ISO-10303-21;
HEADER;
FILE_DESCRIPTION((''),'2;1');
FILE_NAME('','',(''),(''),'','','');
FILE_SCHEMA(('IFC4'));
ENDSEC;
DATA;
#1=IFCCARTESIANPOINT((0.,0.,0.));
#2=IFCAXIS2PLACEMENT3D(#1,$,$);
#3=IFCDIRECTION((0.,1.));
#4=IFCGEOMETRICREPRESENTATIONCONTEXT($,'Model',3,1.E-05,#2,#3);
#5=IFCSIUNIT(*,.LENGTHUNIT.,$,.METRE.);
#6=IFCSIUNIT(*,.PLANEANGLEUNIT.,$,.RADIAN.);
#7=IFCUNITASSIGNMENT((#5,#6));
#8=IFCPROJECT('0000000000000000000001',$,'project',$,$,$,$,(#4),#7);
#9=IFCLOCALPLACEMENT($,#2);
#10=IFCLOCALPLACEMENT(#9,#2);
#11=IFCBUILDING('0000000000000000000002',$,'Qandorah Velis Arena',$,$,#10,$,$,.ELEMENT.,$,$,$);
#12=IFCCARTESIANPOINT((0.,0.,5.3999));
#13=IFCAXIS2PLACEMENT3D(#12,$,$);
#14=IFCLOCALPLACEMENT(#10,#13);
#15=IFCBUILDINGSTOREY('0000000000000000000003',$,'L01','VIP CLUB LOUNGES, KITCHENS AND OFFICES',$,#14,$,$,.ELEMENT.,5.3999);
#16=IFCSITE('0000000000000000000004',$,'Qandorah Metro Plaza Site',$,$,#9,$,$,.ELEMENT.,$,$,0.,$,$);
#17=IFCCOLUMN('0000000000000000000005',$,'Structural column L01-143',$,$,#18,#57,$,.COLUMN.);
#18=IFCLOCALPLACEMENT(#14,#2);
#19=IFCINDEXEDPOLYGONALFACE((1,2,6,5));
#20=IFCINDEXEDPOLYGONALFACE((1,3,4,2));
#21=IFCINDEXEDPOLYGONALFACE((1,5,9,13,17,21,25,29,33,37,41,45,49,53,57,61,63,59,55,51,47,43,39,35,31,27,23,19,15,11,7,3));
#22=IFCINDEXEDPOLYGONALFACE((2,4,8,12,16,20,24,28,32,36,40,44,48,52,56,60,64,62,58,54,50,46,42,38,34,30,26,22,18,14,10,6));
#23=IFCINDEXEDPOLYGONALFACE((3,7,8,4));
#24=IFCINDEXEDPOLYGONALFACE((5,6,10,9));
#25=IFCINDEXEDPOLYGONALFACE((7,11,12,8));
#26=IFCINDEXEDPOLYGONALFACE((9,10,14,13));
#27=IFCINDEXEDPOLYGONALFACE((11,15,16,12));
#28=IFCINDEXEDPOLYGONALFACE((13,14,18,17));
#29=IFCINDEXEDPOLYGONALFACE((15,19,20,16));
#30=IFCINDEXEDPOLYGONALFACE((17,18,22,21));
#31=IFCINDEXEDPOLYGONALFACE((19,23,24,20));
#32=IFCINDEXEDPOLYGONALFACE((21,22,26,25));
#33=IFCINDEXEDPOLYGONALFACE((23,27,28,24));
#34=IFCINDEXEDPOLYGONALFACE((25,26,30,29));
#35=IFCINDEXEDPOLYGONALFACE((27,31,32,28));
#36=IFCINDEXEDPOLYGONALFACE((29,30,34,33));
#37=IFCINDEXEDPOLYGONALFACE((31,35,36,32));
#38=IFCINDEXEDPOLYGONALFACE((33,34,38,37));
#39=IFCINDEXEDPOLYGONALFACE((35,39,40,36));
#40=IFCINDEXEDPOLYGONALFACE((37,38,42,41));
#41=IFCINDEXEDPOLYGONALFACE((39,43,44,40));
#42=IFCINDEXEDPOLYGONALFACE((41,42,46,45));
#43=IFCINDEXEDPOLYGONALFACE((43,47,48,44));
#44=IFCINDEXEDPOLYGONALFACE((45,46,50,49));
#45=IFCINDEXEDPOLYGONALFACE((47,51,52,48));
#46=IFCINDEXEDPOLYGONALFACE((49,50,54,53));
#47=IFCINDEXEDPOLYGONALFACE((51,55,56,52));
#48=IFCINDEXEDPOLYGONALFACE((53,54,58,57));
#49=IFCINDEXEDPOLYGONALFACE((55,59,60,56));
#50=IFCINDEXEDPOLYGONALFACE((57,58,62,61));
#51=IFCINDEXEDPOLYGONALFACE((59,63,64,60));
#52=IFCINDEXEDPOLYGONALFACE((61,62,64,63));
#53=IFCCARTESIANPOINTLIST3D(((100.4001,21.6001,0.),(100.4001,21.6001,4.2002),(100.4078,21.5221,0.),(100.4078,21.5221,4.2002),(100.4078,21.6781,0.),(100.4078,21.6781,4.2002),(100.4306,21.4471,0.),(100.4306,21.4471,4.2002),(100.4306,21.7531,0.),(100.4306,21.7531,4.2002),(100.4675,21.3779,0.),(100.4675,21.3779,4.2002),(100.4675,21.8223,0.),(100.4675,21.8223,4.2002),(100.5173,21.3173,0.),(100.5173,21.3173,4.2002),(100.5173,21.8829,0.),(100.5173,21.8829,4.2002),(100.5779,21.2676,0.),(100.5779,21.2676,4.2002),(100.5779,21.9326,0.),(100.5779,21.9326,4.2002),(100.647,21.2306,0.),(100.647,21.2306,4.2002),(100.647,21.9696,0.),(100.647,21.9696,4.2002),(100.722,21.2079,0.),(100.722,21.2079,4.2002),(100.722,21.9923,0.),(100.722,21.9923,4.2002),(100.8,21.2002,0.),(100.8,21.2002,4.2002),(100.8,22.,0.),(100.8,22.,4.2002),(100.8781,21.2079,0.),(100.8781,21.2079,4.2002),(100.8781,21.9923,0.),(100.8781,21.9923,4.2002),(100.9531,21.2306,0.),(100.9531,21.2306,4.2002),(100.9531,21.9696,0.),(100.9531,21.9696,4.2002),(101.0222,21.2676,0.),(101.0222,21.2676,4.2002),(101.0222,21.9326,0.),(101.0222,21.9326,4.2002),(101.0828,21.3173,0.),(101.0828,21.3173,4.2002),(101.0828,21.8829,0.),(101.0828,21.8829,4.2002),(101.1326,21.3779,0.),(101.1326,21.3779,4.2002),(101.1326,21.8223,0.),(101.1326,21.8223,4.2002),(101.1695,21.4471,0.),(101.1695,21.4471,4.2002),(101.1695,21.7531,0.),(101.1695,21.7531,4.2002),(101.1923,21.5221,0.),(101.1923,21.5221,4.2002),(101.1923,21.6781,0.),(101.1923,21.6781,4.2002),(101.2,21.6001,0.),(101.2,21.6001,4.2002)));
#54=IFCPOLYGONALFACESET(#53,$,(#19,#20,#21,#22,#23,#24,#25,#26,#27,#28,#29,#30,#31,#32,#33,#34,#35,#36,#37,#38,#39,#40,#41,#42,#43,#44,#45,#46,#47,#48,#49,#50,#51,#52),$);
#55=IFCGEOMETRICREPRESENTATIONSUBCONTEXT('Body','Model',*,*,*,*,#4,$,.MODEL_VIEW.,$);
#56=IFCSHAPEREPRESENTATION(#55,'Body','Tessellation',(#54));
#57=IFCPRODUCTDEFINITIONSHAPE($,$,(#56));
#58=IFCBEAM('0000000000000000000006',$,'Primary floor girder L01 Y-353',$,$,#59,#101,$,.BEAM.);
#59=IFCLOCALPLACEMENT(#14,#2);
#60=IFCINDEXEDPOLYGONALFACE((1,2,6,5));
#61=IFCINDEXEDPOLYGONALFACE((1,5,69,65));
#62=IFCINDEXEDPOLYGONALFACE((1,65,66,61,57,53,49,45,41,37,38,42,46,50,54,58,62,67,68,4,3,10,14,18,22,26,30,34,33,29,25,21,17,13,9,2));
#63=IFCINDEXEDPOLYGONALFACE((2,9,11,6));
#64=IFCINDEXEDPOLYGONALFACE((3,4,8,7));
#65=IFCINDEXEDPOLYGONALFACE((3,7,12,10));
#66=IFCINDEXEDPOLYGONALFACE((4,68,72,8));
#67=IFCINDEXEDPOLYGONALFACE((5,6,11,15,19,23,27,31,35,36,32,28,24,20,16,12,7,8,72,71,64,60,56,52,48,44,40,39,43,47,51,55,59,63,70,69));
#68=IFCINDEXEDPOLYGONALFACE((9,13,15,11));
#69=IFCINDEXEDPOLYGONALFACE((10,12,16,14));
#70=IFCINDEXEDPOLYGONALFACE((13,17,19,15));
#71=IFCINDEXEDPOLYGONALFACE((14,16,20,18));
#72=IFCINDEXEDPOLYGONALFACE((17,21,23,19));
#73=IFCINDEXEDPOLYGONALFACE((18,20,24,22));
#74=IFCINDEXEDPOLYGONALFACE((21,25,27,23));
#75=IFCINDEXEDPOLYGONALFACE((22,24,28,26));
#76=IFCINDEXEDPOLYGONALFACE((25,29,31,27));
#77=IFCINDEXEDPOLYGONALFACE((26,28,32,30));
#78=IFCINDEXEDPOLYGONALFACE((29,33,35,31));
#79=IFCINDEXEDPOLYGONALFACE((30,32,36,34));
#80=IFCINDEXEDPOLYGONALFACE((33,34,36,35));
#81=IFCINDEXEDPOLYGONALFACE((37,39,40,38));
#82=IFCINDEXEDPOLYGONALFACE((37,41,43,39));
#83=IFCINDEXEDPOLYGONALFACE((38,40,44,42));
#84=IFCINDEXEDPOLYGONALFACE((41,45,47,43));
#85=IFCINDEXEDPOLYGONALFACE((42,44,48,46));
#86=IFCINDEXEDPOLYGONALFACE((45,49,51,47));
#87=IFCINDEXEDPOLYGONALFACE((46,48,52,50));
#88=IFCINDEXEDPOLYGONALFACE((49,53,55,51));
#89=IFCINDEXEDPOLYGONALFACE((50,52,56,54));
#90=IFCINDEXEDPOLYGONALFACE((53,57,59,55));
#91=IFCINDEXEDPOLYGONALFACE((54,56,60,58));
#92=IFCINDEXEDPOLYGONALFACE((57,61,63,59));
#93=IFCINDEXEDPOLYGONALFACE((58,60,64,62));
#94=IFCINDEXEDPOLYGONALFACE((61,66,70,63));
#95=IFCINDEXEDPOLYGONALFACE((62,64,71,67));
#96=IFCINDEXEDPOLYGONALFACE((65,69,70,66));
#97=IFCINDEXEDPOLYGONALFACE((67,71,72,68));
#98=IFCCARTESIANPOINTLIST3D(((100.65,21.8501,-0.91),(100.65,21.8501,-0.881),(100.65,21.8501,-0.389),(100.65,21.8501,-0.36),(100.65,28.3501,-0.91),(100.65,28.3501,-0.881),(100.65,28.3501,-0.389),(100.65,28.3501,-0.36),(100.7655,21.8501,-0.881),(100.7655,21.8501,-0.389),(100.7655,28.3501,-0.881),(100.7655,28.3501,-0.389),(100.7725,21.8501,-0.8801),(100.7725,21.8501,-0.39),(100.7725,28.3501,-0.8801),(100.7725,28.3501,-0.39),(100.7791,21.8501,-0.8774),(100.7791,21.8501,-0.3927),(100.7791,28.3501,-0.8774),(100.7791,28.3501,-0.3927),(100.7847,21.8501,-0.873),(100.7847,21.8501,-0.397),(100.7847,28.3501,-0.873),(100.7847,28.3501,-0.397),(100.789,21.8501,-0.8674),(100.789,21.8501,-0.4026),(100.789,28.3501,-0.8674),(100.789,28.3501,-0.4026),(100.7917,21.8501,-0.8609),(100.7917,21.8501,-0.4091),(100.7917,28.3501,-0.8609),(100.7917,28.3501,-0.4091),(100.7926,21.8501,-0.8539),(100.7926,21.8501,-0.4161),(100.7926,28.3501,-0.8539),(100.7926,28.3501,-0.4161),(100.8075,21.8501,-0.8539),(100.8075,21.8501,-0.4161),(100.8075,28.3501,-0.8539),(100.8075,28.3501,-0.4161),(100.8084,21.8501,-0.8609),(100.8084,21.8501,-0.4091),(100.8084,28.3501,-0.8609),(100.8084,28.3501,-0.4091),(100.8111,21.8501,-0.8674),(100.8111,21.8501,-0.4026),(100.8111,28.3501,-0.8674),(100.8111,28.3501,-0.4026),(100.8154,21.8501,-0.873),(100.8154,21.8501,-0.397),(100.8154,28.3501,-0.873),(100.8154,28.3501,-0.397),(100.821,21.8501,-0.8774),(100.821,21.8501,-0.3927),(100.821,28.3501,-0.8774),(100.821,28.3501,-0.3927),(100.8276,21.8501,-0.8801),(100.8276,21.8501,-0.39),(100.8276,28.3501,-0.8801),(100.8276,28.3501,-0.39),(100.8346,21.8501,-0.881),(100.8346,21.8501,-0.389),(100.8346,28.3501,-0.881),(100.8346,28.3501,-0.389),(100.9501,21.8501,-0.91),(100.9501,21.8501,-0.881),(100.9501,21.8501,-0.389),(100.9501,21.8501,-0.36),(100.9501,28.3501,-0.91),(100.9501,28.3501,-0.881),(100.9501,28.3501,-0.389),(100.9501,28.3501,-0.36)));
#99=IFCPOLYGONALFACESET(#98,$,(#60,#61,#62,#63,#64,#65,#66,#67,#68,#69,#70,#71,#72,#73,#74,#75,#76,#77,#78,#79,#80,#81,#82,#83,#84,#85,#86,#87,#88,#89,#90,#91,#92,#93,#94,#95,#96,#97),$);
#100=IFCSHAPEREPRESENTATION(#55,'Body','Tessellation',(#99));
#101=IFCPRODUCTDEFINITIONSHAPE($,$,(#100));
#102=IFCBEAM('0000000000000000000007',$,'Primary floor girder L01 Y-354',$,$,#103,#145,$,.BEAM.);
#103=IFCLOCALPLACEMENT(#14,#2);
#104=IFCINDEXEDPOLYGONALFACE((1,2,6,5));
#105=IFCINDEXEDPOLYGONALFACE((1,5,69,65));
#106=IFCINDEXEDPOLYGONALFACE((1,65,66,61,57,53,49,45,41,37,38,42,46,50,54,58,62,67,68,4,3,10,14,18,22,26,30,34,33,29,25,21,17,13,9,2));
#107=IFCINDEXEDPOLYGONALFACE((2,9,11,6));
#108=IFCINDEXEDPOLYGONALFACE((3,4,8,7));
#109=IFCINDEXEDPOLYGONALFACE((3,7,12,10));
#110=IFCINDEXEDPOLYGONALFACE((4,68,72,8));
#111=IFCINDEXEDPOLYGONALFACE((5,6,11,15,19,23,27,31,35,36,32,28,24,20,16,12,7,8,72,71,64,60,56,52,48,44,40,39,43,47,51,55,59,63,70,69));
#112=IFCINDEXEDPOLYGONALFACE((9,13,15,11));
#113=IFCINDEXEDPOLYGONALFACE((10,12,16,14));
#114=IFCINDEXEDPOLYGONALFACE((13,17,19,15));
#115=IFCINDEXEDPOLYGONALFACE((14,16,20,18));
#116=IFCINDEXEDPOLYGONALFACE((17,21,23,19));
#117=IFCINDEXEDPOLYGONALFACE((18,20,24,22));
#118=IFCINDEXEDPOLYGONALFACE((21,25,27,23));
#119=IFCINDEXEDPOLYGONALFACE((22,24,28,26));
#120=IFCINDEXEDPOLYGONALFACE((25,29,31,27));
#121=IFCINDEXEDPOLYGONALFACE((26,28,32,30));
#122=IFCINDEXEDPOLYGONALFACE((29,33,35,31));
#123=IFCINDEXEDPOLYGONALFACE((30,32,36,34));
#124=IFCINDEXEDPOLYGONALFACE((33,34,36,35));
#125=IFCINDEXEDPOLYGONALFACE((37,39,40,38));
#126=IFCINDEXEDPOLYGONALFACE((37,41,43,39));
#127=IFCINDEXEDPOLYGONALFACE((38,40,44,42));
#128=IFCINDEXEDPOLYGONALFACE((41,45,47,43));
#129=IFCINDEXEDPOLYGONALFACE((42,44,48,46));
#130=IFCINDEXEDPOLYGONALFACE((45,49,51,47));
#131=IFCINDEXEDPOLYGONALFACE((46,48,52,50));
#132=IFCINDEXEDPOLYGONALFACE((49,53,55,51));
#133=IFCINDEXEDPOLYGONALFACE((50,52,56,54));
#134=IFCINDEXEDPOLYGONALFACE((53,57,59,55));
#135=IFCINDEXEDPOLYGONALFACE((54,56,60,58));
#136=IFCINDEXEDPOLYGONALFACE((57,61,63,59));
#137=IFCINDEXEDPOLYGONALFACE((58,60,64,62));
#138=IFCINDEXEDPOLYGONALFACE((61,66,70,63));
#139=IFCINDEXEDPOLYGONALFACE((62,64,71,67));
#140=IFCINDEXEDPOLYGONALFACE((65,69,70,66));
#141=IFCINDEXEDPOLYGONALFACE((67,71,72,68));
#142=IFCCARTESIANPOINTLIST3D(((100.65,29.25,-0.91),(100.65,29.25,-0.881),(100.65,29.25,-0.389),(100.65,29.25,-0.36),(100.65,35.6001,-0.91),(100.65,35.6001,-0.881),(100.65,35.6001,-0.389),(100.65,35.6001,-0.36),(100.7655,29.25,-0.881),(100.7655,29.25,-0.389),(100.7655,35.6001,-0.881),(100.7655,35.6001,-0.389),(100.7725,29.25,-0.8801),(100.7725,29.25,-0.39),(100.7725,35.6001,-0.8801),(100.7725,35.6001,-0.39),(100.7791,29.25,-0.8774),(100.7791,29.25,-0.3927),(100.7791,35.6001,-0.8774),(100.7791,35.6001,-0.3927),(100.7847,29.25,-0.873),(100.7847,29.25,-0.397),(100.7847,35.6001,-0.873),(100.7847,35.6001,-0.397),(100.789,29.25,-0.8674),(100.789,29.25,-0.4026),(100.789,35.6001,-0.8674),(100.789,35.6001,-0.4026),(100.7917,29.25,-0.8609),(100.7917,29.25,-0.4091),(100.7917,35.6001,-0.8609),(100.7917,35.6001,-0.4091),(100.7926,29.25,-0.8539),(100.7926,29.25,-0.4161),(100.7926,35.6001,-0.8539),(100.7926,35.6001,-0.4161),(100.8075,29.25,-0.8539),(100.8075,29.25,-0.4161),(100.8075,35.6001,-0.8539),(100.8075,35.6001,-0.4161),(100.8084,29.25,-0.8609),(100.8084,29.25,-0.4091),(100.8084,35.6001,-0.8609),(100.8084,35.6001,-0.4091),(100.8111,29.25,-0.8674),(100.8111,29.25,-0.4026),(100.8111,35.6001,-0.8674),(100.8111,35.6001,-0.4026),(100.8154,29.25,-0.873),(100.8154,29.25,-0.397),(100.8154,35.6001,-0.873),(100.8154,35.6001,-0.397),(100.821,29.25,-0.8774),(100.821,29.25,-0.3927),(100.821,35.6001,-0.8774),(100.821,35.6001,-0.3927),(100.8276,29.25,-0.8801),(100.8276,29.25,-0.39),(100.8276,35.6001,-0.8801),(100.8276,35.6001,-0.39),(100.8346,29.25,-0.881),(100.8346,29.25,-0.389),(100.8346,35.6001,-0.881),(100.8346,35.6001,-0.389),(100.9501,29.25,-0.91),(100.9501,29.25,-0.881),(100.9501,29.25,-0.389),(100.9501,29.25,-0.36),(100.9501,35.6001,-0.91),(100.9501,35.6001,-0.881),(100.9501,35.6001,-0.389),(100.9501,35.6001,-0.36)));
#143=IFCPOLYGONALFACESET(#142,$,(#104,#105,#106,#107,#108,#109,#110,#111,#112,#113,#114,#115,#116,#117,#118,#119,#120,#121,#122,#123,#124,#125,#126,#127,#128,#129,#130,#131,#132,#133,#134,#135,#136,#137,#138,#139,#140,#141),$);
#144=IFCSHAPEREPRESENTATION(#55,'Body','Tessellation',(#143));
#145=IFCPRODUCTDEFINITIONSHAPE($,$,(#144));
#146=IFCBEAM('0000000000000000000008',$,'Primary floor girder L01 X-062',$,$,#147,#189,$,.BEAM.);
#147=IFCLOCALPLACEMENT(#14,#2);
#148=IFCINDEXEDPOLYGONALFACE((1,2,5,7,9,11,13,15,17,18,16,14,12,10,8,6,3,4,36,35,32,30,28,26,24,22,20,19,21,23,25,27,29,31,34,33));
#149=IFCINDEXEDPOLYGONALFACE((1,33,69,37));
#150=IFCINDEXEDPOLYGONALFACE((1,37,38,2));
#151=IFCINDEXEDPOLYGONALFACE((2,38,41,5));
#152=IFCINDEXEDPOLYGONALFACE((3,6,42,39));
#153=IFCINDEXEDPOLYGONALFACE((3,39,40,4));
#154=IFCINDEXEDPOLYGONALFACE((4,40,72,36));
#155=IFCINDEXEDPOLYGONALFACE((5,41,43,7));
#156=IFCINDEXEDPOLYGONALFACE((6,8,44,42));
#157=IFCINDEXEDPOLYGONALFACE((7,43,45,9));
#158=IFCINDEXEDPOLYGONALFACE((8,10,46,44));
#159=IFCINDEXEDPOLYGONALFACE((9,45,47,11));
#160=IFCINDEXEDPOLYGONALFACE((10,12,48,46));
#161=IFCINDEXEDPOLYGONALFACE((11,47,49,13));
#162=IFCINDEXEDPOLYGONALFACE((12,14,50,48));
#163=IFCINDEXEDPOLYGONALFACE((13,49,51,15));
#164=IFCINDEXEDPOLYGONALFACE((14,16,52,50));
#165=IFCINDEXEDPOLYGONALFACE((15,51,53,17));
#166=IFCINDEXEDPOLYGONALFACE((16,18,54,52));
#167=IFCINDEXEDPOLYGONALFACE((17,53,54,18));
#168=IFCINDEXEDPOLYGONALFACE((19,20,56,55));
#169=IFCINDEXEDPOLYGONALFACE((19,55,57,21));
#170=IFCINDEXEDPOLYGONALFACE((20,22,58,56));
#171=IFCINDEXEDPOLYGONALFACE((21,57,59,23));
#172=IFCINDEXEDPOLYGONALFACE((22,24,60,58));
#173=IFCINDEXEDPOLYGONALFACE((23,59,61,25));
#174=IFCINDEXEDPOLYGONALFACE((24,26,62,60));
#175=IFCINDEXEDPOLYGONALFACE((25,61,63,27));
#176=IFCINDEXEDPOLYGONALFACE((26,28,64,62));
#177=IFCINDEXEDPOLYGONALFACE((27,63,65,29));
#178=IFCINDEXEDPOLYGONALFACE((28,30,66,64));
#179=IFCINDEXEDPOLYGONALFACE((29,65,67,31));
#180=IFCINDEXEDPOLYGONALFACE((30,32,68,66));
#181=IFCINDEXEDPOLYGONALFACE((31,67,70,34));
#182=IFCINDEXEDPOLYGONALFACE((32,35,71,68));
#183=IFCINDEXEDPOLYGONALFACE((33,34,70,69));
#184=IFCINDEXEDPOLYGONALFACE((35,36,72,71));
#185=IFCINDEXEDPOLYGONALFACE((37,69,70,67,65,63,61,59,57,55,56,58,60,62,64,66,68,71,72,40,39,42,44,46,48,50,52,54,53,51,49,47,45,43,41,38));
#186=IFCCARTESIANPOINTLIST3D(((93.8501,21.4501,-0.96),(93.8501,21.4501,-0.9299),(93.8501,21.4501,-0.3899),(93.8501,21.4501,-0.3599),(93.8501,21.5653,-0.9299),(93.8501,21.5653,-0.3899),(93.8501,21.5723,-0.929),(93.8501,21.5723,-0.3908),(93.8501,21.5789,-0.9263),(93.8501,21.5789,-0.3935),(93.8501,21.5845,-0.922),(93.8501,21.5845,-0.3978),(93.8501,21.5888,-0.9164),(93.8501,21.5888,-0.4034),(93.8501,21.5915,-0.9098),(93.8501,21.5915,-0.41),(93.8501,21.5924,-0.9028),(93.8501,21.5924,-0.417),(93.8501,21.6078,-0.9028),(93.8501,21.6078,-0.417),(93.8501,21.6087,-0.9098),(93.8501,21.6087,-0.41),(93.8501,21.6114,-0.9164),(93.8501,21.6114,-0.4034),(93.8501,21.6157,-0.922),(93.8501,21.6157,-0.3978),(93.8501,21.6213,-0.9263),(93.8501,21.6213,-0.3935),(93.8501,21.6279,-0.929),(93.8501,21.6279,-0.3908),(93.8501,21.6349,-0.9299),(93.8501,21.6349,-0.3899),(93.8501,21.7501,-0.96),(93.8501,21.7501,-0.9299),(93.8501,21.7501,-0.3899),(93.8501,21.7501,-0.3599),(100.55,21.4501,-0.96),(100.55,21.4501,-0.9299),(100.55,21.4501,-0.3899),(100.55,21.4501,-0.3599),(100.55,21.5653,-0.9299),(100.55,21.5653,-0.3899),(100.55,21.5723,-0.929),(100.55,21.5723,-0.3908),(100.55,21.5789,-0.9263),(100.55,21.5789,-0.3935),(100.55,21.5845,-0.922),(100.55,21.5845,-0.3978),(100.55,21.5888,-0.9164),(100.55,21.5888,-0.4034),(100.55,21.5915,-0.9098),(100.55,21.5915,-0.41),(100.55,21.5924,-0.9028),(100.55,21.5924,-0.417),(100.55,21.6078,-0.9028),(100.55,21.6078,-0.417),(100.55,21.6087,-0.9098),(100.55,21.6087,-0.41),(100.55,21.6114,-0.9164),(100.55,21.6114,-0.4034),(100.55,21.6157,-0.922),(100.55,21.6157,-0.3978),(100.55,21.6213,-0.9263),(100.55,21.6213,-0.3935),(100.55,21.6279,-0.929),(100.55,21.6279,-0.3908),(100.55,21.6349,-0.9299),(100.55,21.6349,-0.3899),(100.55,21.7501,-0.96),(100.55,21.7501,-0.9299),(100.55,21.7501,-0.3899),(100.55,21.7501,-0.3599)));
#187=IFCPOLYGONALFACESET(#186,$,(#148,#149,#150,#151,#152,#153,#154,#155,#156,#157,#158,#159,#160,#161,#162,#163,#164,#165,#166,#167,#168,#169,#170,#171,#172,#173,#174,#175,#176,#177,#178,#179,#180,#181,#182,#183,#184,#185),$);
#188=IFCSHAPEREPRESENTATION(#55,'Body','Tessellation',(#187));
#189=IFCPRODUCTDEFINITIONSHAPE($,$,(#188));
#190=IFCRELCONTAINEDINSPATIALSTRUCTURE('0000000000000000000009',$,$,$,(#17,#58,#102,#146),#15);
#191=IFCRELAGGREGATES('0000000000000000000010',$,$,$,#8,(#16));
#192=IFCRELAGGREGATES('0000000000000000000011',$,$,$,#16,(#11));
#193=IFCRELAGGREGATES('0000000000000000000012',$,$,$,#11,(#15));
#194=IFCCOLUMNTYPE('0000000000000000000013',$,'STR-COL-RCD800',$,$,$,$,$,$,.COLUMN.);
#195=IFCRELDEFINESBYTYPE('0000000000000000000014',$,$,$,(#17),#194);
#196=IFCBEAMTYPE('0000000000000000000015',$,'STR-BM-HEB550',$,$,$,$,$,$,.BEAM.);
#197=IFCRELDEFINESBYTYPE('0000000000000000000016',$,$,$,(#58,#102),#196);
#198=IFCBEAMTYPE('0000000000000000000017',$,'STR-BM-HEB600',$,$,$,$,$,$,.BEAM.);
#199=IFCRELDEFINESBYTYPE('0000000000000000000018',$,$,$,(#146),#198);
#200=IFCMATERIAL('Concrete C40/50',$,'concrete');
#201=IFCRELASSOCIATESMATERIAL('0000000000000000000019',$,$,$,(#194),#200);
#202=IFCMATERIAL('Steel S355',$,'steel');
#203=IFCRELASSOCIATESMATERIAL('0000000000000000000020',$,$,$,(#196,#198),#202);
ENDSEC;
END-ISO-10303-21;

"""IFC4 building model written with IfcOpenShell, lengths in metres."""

from ifc_helpers import new_model, si_unit, direction, frame, origin, origin_2d, place, context, subcontext, project, spatial, circle, i_section, extrude, material, material_profile, profile_set, type_object, element, save


model = new_model("IFC4")

# Units and contexts
model_context = context("Model", 3, precision=1e-05, world=origin(), true_north=direction((0.0, 1.0)))
body_context = subcontext(model_context, "Body", "Model", "MODEL_VIEW")
ifc_project = project(units=[si_unit("LENGTHUNIT", "METRE"), si_unit("PLANEANGLEUNIT", "RADIAN")], contexts=[model_context])

# Site, building, storey
site_placement = place(None, origin())
site = spatial("IfcSite", under=ifc_project, at=site_placement, Name="Qandorah Metro Plaza Site", CompositionType="ELEMENT", RefElevation=0.0)
building_placement = place(site_placement, origin())
building = spatial("IfcBuilding", under=site, at=building_placement, Name="Qandorah Velis Arena", CompositionType="ELEMENT")
storey_placement = place(building_placement, frame((0.0, 0.0, 5.3999)))
storey = spatial("IfcBuildingStorey", under=building, at=storey_placement, Name="L01", Description="VIP CLUB LOUNGES, KITCHENS AND OFFICES", CompositionType="ELEMENT", Elevation=5.3999)

# Column
ifc_material_1 = material(Name="Concrete C40/50", Category="concrete")
ifc_material_profile_1 = material_profile(ifc_material_1, circle(Radius=0.3999, at=origin_2d()), Name="RC D800")
ifc_profile_set_1 = profile_set([ifc_material_profile_1], Name="Concrete C40/50")
column_type_1 = type_object("IfcColumnType", Name="STR-COL-RCD800", PredefinedType="COLUMN", material=ifc_profile_set_1)
column_1_placement = place(storey_placement, frame((100.8, 21.6001, 0.0), z_axis=(0.0, 0.0, 1.0), x_axis=(1.0, 0.0, 0.0)))
element("IfcColumn", 1, at=column_1_placement, inside=storey, type_object=column_type_1, Name="Structural column L01-143", PredefinedType="COLUMN", context=body_context, shape_type="SweptSolid", body=[
    extrude(circle(Radius=0.3999, at=origin_2d()), origin(), (0.0, 0.0, 1.0), 4.2002),
])

# Beams
ifc_material_2 = material(Name="Steel S355", Category="steel")
ifc_material_profile_2 = material_profile(ifc_material_2, i_section(OverallWidth=0.3, OverallDepth=0.55, WebThickness=0.0149, FlangeThickness=0.0291, FilletRadius=0.0271, at=origin_2d()), Name="HEB 550")
ifc_profile_set_2 = profile_set([ifc_material_profile_2], Name="Steel S355")
beam_type_1 = type_object("IfcBeamType", Name="STR-BM-HEB550", PredefinedType="BEAM", material=ifc_profile_set_2)
beam_1_placement = place(storey_placement, frame((100.8, 21.8501, -0.635), z_axis=(0.0, 1.0, 0.0), x_axis=(-1.0, 0.0, 0.0)))
element("IfcBeam", 2, at=beam_1_placement, inside=storey, type_object=beam_type_1, Name="Primary floor girder L01 Y-353", PredefinedType="BEAM", context=body_context, shape_type="SweptSolid", body=[
    extrude(i_section(OverallWidth=0.3, OverallDepth=0.55, WebThickness=0.0149, FlangeThickness=0.0291, FilletRadius=0.0271, at=origin_2d()), origin(), (0.0, 0.0, 1.0), 6.5),
])
beam_2_placement = place(storey_placement, frame((100.8, 29.25, -0.635), z_axis=(0.0, 1.0, 0.0), x_axis=(-1.0, 0.0, 0.0)))
element("IfcBeam", 3, at=beam_2_placement, inside=storey, type_object=beam_type_1, Name="Primary floor girder L01 Y-354", PredefinedType="BEAM", context=body_context, shape_type="SweptSolid", body=[
    extrude(i_section(OverallWidth=0.3, OverallDepth=0.55, WebThickness=0.0149, FlangeThickness=0.0291, FilletRadius=0.0271, at=origin_2d()), origin(), (0.0, 0.0, 1.0), 6.3501),
])
ifc_material_profile_3 = material_profile(ifc_material_2, i_section(OverallWidth=0.3, OverallDepth=0.6001, WebThickness=0.0154, FlangeThickness=0.03, FilletRadius=0.0271, at=origin_2d()), Name="HEB 600")
ifc_profile_set_3 = profile_set([ifc_material_profile_3], Name="Steel S355")
beam_type_2 = type_object("IfcBeamType", Name="STR-BM-HEB600", PredefinedType="BEAM", material=ifc_profile_set_3)
for number, where, z_axis, x_axis, name in (
    (4, (93.8501, 21.6001, -0.6599), (1.0, 0.0, 0.0), (0.0, 1.0, 0.0), "Primary floor girder L01 X-062"),
):
    element("IfcBeam", number, at=place(storey_placement, frame(where, z_axis=z_axis, x_axis=x_axis)), inside=storey, type_object=beam_type_2, Name=name, PredefinedType="BEAM", context=body_context, shape_type="SweptSolid", body=[
        extrude(i_section(OverallWidth=0.3, OverallDepth=0.6001, WebThickness=0.0154, FlangeThickness=0.03, FilletRadius=0.0271, at=origin_2d()), origin(), (0.0, 0.0, 1.0), 6.7),
    ])

save(model, "model.ifc")
